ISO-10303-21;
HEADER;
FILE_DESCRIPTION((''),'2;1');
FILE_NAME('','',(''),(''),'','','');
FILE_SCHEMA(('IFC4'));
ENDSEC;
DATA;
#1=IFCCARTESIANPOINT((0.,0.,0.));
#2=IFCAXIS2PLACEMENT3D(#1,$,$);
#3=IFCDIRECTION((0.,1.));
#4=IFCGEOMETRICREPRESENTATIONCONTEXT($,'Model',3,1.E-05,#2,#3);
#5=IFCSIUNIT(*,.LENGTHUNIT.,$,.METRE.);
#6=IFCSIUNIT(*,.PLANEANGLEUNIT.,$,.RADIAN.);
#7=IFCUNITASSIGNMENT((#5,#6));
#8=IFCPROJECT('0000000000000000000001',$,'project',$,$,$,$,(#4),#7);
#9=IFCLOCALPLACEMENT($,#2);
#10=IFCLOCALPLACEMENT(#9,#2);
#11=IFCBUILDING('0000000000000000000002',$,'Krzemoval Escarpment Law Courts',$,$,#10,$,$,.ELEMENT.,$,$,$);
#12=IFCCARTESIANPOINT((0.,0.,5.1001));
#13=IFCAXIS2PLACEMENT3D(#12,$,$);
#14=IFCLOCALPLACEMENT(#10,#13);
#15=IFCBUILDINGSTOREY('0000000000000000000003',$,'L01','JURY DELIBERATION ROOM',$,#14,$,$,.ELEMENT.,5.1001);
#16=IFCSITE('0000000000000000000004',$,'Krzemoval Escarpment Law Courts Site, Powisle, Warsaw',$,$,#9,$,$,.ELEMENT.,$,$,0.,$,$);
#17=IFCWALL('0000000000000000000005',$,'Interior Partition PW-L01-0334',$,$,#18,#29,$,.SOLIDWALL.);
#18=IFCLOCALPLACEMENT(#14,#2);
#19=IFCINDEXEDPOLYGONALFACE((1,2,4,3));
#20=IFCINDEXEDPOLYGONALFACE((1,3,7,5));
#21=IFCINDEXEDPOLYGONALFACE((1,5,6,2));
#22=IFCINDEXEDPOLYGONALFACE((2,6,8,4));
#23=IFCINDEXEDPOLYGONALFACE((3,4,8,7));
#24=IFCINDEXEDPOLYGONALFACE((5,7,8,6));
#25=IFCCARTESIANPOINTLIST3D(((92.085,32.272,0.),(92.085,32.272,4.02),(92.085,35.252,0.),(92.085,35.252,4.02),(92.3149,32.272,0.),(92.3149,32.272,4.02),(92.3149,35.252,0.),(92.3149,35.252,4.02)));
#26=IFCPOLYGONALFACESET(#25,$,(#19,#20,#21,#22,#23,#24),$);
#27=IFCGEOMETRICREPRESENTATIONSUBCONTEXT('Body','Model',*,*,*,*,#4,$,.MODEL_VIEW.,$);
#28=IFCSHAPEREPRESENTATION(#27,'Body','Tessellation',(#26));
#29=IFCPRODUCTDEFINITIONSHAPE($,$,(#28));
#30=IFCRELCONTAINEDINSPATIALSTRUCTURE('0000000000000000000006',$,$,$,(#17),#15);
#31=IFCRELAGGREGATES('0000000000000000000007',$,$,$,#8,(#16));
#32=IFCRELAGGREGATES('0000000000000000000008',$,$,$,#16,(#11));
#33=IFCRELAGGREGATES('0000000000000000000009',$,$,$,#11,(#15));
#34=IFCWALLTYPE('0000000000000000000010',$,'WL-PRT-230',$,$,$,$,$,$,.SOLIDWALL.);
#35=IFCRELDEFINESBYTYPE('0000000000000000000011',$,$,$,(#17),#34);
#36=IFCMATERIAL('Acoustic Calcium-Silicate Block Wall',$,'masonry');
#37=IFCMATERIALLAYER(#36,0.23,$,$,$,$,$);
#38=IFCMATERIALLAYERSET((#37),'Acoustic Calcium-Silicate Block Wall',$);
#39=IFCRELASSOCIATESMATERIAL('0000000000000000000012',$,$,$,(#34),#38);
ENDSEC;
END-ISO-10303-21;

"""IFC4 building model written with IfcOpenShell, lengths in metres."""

from ifc_helpers import new_model, si_unit, direction, frame, frame_2d, origin, place, context, subcontext, project, spatial, rectangle, extrude, material, layer, layer_set, type_object, element, save


model = new_model("IFC4")

# Units and contexts
model_context = context("Model", 3, precision=1e-05, world=origin(), true_north=direction((0.0, 1.0)))
body_context = subcontext(model_context, "Body", "Model", "MODEL_VIEW")
ifc_project = project(units=[si_unit("LENGTHUNIT", "METRE"), si_unit("PLANEANGLEUNIT", "RADIAN")], contexts=[model_context])

# Site, building, storey
site_placement = place(None, origin())
site = spatial("IfcSite", under=ifc_project, at=site_placement, Name="Krzemoval Escarpment Law Courts Site, Powisle, Warsaw", CompositionType="ELEMENT", RefElevation=0.0)
building_placement = place(site_placement, origin())
building = spatial("IfcBuilding", under=site, at=building_placement, Name="Krzemoval Escarpment Law Courts", CompositionType="ELEMENT")
storey_placement = place(building_placement, frame((0.0, 0.0, 5.1001)))
storey = spatial("IfcBuildingStorey", under=building, at=storey_placement, Name="L01", Description="JURY DELIBERATION ROOM", CompositionType="ELEMENT", Elevation=5.1001)

# Wall
ifc_material_1 = material(Name="Acoustic Calcium-Silicate Block Wall", Category="masonry")
ifc_layer_1 = layer(ifc_material_1, 0.23)
ifc_layer_set_1 = layer_set([ifc_layer_1], Name="Acoustic Calcium-Silicate Block Wall")
wall_type_1 = type_object("IfcWallType", Name="WL-PRT-230", PredefinedType="SOLIDWALL", material=ifc_layer_set_1)
wall_1_placement = place(storey_placement, frame((92.2, 32.272, 0.0), z_axis=(0.0, 0.0, 1.0), x_axis=(0.0, 1.0, 0.0)))
element("IfcWall", 1, at=wall_1_placement, inside=storey, type_object=wall_type_1, Name="Interior Partition PW-L01-0334", PredefinedType="SOLIDWALL", context=body_context, shape_type="SweptSolid", body=[
    extrude(rectangle(XDim=2.98, YDim=0.23, at=frame_2d((1.49, 0.0))), origin(), (0.0, 0.0, 1.0), 4.02),
])

save(model, "model.ifc")
